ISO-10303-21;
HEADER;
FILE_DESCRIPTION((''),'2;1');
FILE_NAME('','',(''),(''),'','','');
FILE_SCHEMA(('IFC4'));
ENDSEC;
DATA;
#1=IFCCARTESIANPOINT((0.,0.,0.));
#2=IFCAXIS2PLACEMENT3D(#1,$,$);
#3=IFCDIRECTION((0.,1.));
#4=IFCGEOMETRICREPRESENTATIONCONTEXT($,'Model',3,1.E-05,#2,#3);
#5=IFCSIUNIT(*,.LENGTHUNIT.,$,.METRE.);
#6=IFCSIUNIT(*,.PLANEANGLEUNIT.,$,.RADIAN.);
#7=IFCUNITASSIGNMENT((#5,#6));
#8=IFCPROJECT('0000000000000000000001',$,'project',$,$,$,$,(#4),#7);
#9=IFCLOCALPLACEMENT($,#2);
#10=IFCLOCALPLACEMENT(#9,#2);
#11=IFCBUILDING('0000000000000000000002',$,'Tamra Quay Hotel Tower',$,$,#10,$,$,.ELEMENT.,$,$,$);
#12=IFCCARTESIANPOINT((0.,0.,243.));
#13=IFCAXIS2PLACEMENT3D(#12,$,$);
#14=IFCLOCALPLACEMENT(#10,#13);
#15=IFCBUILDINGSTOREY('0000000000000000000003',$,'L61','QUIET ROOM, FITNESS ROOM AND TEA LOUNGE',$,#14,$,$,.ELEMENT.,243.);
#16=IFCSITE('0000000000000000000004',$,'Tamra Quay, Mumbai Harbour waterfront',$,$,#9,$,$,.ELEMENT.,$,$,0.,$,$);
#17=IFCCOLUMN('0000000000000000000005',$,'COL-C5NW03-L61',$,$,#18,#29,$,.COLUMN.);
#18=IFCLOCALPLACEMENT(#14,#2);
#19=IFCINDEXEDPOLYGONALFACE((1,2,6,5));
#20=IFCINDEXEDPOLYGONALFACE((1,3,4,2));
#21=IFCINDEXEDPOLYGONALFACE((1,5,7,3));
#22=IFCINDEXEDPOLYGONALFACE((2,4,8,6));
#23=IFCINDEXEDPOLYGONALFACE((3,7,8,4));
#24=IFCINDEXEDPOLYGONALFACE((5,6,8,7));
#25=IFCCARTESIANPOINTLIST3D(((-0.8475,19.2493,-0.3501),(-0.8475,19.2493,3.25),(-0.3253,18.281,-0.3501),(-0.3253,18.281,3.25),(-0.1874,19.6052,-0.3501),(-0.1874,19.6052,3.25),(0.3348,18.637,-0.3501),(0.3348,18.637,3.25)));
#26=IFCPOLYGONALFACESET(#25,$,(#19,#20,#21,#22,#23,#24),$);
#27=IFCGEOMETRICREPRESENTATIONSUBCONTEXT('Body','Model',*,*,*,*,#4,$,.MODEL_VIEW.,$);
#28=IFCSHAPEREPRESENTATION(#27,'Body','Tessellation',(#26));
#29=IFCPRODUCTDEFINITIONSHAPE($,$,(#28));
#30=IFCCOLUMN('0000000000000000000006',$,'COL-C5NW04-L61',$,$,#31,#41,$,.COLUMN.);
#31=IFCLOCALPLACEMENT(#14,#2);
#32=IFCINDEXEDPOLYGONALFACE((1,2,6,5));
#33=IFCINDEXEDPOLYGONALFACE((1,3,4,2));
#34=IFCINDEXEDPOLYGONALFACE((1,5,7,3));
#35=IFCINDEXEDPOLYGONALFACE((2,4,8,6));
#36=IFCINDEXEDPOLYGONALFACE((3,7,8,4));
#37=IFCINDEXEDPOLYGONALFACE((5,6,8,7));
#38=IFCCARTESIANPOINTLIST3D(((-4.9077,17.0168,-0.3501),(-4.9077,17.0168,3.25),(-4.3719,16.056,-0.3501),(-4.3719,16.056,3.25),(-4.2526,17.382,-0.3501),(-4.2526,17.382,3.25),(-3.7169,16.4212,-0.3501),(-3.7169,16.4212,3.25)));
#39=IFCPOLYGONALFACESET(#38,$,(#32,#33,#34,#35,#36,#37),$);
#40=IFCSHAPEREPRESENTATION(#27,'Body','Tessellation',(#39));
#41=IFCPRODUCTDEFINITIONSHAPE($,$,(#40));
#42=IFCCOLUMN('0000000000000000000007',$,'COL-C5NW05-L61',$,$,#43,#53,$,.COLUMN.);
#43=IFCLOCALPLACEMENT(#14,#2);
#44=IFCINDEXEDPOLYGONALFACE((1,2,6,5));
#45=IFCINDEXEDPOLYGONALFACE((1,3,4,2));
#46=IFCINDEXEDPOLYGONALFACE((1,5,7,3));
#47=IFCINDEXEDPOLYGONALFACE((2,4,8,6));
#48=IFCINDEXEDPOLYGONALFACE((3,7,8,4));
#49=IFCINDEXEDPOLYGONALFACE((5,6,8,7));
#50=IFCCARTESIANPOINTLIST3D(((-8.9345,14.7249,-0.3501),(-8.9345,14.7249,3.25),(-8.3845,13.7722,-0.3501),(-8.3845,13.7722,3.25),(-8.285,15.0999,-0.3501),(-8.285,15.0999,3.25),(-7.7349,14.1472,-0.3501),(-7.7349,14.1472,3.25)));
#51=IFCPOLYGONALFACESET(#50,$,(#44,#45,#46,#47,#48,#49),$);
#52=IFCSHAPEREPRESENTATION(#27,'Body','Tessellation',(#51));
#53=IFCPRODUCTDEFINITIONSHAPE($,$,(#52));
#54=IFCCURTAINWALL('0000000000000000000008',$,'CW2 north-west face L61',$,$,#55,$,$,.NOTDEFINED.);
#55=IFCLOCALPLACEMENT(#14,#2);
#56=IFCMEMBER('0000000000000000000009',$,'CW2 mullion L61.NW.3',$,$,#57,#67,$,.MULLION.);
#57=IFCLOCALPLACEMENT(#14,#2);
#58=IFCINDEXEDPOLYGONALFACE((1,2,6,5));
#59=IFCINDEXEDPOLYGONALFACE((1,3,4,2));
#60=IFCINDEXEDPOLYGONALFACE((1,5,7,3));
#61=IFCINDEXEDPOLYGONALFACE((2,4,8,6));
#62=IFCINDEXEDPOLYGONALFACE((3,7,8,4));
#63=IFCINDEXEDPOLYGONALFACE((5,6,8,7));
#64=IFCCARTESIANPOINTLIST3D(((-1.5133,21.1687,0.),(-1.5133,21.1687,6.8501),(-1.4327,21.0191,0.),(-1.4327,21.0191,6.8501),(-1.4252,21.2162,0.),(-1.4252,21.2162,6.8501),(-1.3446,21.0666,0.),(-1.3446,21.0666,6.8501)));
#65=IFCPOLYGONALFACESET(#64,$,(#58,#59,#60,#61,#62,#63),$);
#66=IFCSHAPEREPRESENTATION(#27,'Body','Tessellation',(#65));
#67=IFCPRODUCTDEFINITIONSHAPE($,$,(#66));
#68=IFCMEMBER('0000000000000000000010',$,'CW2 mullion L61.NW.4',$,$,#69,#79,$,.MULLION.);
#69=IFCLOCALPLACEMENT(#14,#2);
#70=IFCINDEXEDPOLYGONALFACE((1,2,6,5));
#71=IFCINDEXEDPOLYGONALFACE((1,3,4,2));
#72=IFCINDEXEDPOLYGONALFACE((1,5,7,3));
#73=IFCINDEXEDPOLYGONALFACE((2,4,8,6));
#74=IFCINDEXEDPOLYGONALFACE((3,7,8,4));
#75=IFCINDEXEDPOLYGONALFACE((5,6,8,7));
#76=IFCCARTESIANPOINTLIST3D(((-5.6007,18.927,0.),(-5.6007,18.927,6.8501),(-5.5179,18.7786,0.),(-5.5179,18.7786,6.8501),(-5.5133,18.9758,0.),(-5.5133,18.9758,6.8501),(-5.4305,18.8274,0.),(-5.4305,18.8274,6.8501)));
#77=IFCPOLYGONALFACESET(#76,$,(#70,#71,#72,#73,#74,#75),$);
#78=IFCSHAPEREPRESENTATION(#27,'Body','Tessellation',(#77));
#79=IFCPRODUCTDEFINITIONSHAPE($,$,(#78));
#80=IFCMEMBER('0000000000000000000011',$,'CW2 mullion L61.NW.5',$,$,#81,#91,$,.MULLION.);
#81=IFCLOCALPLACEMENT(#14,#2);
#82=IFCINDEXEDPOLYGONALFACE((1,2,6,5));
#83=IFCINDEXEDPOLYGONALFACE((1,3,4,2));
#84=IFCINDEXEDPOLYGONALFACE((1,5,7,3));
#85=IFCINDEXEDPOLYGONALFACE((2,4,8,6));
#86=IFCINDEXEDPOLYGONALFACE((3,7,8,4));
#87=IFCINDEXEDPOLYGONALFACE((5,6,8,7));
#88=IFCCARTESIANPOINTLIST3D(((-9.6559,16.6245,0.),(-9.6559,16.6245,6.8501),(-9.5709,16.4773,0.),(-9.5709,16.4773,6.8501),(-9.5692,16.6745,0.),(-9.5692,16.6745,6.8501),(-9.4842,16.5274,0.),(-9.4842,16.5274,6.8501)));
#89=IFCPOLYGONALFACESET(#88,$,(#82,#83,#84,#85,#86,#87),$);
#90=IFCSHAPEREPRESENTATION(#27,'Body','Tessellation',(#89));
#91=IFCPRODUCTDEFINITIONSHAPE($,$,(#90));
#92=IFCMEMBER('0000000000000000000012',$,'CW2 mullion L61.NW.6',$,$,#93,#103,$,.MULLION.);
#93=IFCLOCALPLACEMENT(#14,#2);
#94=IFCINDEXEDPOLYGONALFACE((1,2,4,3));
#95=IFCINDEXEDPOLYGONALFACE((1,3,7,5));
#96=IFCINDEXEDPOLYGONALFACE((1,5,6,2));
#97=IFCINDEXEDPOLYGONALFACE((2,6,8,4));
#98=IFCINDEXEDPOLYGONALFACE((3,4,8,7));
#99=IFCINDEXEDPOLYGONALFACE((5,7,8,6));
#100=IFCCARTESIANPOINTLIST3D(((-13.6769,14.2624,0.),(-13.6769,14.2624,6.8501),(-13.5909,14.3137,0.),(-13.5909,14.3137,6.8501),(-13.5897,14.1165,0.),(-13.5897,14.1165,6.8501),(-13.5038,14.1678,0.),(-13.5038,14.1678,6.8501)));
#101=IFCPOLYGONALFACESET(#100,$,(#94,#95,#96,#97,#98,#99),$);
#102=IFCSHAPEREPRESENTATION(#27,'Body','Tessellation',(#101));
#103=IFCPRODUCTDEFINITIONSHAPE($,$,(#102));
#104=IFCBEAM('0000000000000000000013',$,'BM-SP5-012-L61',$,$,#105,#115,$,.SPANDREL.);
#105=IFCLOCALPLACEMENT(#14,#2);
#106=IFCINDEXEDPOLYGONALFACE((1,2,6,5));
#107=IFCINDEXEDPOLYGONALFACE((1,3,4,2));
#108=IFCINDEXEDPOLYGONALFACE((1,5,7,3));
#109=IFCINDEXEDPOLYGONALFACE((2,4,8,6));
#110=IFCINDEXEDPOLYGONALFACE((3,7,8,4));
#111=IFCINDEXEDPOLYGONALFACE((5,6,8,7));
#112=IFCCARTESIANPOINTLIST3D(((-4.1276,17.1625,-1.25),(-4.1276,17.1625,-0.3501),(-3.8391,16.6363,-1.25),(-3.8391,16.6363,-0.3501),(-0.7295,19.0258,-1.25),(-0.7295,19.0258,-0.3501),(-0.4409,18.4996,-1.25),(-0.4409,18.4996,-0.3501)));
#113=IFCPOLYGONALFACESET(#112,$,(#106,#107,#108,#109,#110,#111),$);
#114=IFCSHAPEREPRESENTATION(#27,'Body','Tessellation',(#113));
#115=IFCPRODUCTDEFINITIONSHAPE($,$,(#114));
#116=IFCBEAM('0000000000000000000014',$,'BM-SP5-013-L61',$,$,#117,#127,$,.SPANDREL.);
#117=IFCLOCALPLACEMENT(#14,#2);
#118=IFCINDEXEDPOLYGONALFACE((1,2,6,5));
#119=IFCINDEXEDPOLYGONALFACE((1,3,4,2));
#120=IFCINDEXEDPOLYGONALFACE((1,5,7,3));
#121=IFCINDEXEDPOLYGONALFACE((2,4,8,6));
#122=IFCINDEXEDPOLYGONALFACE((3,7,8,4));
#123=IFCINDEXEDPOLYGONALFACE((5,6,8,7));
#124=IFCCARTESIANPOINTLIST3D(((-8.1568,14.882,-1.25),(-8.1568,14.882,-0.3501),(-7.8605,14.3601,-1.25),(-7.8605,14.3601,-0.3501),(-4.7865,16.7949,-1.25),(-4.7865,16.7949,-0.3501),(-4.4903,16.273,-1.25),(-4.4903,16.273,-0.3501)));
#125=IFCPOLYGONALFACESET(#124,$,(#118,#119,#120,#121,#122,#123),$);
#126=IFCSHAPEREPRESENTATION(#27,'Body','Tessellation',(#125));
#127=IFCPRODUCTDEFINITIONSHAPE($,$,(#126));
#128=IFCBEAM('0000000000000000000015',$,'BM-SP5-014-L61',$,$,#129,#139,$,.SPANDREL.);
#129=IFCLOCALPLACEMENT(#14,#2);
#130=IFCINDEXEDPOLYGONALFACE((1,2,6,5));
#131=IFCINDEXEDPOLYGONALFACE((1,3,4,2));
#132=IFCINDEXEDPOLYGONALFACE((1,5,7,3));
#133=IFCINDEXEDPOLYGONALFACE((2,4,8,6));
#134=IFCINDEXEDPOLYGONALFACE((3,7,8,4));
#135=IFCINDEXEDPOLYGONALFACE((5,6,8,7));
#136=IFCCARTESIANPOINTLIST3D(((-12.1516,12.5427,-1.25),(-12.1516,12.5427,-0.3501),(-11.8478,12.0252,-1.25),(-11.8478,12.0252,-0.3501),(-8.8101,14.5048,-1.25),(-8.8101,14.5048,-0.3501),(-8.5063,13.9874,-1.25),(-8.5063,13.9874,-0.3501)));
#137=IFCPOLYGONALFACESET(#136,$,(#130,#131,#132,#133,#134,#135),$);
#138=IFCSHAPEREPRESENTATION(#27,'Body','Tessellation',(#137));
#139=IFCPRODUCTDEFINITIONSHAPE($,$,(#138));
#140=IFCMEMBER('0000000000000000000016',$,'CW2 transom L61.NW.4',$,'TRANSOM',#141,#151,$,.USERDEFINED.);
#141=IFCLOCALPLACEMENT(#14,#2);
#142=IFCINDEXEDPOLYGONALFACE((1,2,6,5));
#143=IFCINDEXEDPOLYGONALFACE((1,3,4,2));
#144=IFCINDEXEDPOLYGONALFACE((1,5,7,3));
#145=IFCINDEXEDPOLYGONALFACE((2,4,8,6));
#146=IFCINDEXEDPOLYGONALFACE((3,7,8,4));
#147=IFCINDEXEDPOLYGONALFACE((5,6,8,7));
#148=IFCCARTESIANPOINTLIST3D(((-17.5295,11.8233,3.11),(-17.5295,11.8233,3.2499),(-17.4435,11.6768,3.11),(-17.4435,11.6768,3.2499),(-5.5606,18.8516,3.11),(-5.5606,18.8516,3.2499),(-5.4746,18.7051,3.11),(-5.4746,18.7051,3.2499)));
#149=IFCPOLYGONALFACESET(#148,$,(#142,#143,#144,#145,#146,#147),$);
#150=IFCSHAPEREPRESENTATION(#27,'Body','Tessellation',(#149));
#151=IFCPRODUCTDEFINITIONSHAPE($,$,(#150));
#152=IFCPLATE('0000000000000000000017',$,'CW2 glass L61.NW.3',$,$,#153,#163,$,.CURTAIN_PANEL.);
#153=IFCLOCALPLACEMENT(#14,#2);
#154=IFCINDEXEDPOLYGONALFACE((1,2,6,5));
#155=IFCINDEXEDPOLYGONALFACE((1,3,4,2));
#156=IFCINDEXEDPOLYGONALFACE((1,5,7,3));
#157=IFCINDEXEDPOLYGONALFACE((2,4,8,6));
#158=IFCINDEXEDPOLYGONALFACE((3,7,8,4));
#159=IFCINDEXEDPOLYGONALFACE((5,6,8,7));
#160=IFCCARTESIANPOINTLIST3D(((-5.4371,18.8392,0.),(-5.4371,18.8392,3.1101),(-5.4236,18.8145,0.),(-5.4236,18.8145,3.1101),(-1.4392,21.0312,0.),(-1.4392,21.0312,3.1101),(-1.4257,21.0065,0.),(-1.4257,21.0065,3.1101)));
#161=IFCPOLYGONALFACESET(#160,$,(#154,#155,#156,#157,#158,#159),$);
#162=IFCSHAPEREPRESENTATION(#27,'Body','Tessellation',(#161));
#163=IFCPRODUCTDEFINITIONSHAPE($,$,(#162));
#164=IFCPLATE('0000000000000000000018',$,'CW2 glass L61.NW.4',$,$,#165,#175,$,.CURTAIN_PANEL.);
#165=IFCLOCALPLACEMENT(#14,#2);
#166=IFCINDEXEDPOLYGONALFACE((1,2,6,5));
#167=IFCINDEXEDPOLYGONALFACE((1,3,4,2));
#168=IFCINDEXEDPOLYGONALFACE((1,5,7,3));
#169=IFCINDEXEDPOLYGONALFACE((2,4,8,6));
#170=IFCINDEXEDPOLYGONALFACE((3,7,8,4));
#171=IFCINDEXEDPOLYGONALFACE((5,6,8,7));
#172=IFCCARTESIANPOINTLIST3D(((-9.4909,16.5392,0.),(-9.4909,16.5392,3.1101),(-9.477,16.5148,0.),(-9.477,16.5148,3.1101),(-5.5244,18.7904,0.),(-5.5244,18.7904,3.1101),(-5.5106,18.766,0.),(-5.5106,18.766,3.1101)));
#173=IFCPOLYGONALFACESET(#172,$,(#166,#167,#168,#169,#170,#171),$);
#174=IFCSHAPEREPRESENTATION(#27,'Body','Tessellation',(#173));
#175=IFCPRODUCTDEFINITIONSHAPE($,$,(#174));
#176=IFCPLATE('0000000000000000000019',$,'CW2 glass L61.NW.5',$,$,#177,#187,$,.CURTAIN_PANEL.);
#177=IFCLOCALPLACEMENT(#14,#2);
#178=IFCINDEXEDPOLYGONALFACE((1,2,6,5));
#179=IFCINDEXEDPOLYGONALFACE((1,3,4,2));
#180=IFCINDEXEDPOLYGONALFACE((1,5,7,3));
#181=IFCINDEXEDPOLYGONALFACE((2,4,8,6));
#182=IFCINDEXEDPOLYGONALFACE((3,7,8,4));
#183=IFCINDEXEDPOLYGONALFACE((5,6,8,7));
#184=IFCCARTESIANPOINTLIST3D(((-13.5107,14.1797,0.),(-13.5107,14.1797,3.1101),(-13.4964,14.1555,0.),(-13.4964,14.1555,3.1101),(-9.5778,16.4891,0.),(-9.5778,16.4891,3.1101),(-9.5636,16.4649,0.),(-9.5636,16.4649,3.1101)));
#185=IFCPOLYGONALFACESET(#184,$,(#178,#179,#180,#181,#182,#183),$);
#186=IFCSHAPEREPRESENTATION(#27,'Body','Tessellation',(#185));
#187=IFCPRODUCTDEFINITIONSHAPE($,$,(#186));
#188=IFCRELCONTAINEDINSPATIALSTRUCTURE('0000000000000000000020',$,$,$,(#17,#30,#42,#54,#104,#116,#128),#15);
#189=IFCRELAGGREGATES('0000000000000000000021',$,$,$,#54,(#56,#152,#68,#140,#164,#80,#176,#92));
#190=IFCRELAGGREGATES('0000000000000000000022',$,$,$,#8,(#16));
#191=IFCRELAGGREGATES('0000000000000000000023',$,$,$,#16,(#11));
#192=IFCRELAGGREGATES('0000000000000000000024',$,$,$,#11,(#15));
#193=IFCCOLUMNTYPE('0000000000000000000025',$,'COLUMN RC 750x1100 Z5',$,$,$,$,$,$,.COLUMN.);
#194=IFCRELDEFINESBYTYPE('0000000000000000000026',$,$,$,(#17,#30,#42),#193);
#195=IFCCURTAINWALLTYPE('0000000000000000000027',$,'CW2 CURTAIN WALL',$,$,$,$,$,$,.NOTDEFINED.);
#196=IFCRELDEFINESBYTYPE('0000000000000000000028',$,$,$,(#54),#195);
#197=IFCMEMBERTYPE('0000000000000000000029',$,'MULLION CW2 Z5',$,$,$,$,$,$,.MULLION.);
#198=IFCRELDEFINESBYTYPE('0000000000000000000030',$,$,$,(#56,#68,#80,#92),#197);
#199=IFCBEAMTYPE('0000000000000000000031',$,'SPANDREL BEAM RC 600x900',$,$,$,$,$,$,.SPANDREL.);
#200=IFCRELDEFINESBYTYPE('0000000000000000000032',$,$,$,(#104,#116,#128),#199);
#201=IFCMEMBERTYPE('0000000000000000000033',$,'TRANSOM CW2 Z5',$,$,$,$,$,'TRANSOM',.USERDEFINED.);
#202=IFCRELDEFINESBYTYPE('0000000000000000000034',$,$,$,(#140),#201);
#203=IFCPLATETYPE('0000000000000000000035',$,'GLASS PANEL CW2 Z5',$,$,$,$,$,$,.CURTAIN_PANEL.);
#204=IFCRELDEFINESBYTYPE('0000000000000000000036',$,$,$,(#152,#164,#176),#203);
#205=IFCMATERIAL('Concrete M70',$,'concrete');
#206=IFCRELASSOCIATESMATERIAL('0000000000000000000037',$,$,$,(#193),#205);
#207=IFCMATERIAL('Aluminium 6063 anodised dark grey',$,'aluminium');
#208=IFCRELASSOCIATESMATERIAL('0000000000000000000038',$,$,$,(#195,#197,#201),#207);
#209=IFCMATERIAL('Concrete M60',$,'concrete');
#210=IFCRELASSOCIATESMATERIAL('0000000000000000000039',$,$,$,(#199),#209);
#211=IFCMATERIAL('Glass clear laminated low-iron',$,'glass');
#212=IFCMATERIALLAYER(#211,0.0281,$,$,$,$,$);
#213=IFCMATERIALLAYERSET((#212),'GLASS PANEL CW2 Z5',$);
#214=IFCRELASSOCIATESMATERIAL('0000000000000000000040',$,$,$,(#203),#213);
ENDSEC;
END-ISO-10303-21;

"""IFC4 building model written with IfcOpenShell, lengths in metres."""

from ifc_helpers import new_model, si_unit, direction, frame, origin, origin_2d, place, context, subcontext, project, spatial, rectangle, extrude, material, layer, layer_set, material_profile, profile_set, type_object, element, aggregate, save


model = new_model("IFC4")

# Units and contexts
model_context = context("Model", 3, precision=1e-05, world=origin(), true_north=direction((0.0, 1.0)))
body_context = subcontext(model_context, "Body", "Model", "MODEL_VIEW")
ifc_project = project(units=[si_unit("LENGTHUNIT", "METRE"), si_unit("PLANEANGLEUNIT", "RADIAN")], contexts=[model_context])

# Site, building, storey
site_placement = place(None, origin())
site = spatial("IfcSite", under=ifc_project, at=site_placement, Name="Tamra Quay, Mumbai Harbour waterfront", CompositionType="ELEMENT", RefElevation=0.0)
building_placement = place(site_placement, origin())
building = spatial("IfcBuilding", under=site, at=building_placement, Name="Tamra Quay Hotel Tower", CompositionType="ELEMENT")
storey_placement = place(building_placement, frame((0.0, 0.0, 243.0)))
storey = spatial("IfcBuildingStorey", under=building, at=storey_placement, Name="L61", Description="QUIET ROOM, FITNESS ROOM AND TEA LOUNGE", CompositionType="ELEMENT", Elevation=243.0)

# Columns
ifc_material_1 = material(Name="Concrete M70", Category="concrete")
ifc_material_profile_1 = material_profile(ifc_material_1, rectangle(XDim=1.1001, YDim=0.75, at=origin_2d()), Name="COLUMN RC 750x1100 Z5")
ifc_profile_set_1 = profile_set([ifc_material_profile_1], Name="Concrete M70")
column_type = type_object("IfcColumnType", Name="COLUMN RC 750x1100 Z5", PredefinedType="COLUMN", material=ifc_profile_set_1)
for number, where, z_axis, x_axis, name in (
    (1, (-0.2563, 18.9431, -0.3501), (0.0, 0.0, 1.0), (-0.474651, 0.880174, 0.0), "COL-C5NW03-L61"),
    (2, (-4.3123, 16.719, -0.3501), (0.0, 0.0, 1.0), (-0.486989, 0.873408, 0.0), "COL-C5NW04-L61"),
    (3, (-8.3347, 14.436, -0.3501), (0.0, 0.0, 1.0), (-0.5, 0.866025, 0.0), "COL-C5NW05-L61"),
):
    element("IfcColumn", number, at=place(storey_placement, frame(where, z_axis=z_axis, x_axis=x_axis)), inside=storey, type_object=column_type, Name=name, PredefinedType="COLUMN", context=body_context, shape_type="SweptSolid", body=[
        extrude(rectangle(XDim=1.1001, YDim=0.75, at=origin_2d()), origin(), (0.0, 0.0, 1.0), 3.6001),
    ])

# Curtain wall, members
ifc_material_2 = material(Name="Aluminium 6063 anodised dark grey", Category="aluminium")
curtain_wall_type = type_object("IfcCurtainWallType", Name="CW2 CURTAIN WALL", PredefinedType="NOTDEFINED", material=ifc_material_2)
curtain_wall_placement = place(storey_placement, origin())
curtain_wall = element("IfcCurtainWall", 4, at=curtain_wall_placement, inside=storey, type_object=curtain_wall_type, Name="CW2 north-west face L61", PredefinedType="NOTDEFINED")
ifc_material_profile_2 = material_profile(ifc_material_2, rectangle(XDim=0.1699, YDim=0.1001, at=origin_2d()), Name="MULLION 100X170")
ifc_profile_set_2 = profile_set([ifc_material_profile_2], Name="Aluminium 6063 anodised dark grey")
member_type_1 = type_object("IfcMemberType", Name="MULLION CW2 Z5", PredefinedType="MULLION", material=ifc_profile_set_2)
member_1_placement = place(storey_placement, frame((-1.429, 21.1177, 0.0), z_axis=(0.0, 0.0, 1.0), x_axis=(-0.474319, 0.880353, 0.0)))
member_1 = element("IfcMember", 5, at=member_1_placement, type_object=member_type_1, Name="CW2 mullion L61.NW.3", PredefinedType="MULLION", context=body_context, shape_type="SweptSolid", body=[
    extrude(rectangle(XDim=0.1699, YDim=0.1001, at=origin_2d()), origin(), (0.0, 0.0, 1.0), 6.8501),
])
member_2_placement = place(storey_placement, frame((-5.5156, 18.8772, 0.0), z_axis=(0.0, 0.0, 1.0), x_axis=(-0.487204, 0.873288, 0.0)))
member_2 = element("IfcMember", 6, at=member_2_placement, type_object=member_type_1, Name="CW2 mullion L61.NW.4", PredefinedType="MULLION", context=body_context, shape_type="SweptSolid", body=[
    extrude(rectangle(XDim=0.1699, YDim=0.1001, at=origin_2d()), origin(), (0.0, 0.0, 1.0), 6.8501),
])
member_3_placement = place(storey_placement, frame((-9.5701, 16.5759, 0.0), z_axis=(0.0, 0.0, 1.0), x_axis=(-0.5, 0.866025, 0.0)))
member_3 = element("IfcMember", 7, at=member_3_placement, type_object=member_type_1, Name="CW2 mullion L61.NW.5", PredefinedType="MULLION", context=body_context, shape_type="SweptSolid", body=[
    extrude(rectangle(XDim=0.1699, YDim=0.1001, at=origin_2d()), origin(), (0.0, 0.0, 1.0), 6.8501),
])
member_4_placement = place(storey_placement, frame((-13.5903, 14.2151, 0.0), z_axis=(0.0, 0.0, 1.0), x_axis=(-0.512688, 0.858575, 0.0)))
member_4 = element("IfcMember", 8, at=member_4_placement, type_object=member_type_1, Name="CW2 mullion L61.NW.6", PredefinedType="MULLION", context=body_context, shape_type="SweptSolid", body=[
    extrude(rectangle(XDim=0.1699, YDim=0.1001, at=origin_2d()), origin(), (0.0, 0.0, 1.0), 6.8501),
])

# Beams
ifc_material_3 = material(Name="Concrete M60", Category="concrete")
ifc_material_profile_3 = material_profile(ifc_material_3, rectangle(XDim=0.6001, YDim=0.8999, at=origin_2d()), Name="SPANDREL BEAM RC 600x900")
ifc_profile_set_3 = profile_set([ifc_material_profile_3], Name="Concrete M60")
beam_type = type_object("IfcBeamType", Name="SPANDREL BEAM RC 600x900", PredefinedType="SPANDREL", material=ifc_profile_set_3)
beam_1_placement = place(storey_placement, frame((-0.5852, 18.7627, -0.8), z_axis=(-0.876839, -0.480784, 0.0), x_axis=(0.480784, -0.876839, 0.0)))
element("IfcBeam", 9, at=beam_1_placement, inside=storey, type_object=beam_type, Name="BM-SP5-012-L61", PredefinedType="SPANDREL", context=body_context, shape_type="SweptSolid", body=[
    extrude(rectangle(XDim=0.6001, YDim=0.8999, at=origin_2d()), origin(), (0.0, 0.0, 1.0), 3.8755),
])
beam_2_placement = place(storey_placement, frame((-4.6384, 16.5339, -0.8), z_axis=(-0.869678, -0.49362, 0.0), x_axis=(0.49362, -0.869678, 0.0)))
element("IfcBeam", 10, at=beam_2_placement, inside=storey, type_object=beam_type, Name="BM-SP5-013-L61", PredefinedType="SPANDREL", context=body_context, shape_type="SweptSolid", body=[
    extrude(rectangle(XDim=0.6001, YDim=0.8999, at=origin_2d()), origin(), (0.0, 0.0, 1.0), 3.8752),
])
beam_3_placement = place(storey_placement, frame((-8.6582, 14.2461, -0.8), z_axis=(-0.862324, -0.506356, 0.0), x_axis=(0.506356, -0.862324, 0.0)))
element("IfcBeam", 11, at=beam_3_placement, inside=storey, type_object=beam_type, Name="BM-SP5-014-L61", PredefinedType="SPANDREL", context=body_context, shape_type="SweptSolid", body=[
    extrude(rectangle(XDim=0.6001, YDim=0.8999, at=origin_2d()), origin(), (0.0, 0.0, 1.0), 3.875),
])

# Member
ifc_material_profile_4 = material_profile(ifc_material_2, rectangle(XDim=0.1699, YDim=0.1399, at=origin_2d()), Name="TRANSOM 170X140")
ifc_profile_set_4 = profile_set([ifc_material_profile_4], Name="Aluminium 6063 anodised dark grey")
member_type_2 = type_object("IfcMemberType", Name="TRANSOM CW2 Z5", ElementType="TRANSOM", PredefinedType="USERDEFINED", material=ifc_profile_set_4)
member_5_placement = place(storey_placement, frame((-5.5176, 18.7783, 3.1799), z_axis=(-0.86232, -0.506364, 0.0), x_axis=(0.506364, -0.86232, 0.0)))
member_5 = element("IfcMember", 12, at=member_5_placement, type_object=member_type_2, Name="CW2 transom L61.NW.4", ObjectType="TRANSOM", PredefinedType="USERDEFINED", context=body_context, shape_type="SweptSolid", body=[
    extrude(rectangle(XDim=0.1699, YDim=0.1399, at=origin_2d()), origin(), (0.0, 0.0, 1.0), 13.8799),
])

# Plates
ifc_material_4 = material(Name="Glass clear laminated low-iron", Category="glass")
ifc_layer_1 = layer(ifc_material_4, 0.0281)
ifc_layer_set_1 = layer_set([ifc_layer_1], Name="GLASS PANEL CW2 Z5")
plate_type = type_object("IfcPlateType", Name="GLASS PANEL CW2 Z5", PredefinedType="CURTAIN_PANEL", material=ifc_layer_set_1)
plate_1_placement = place(storey_placement, frame((-3.4314, 19.9229, 0.0), z_axis=(0.0, 0.0, 1.0), x_axis=(-0.876846, -0.480771, 0.0)))
plate_1 = element("IfcPlate", 13, at=plate_1_placement, type_object=plate_type, Name="CW2 glass L61.NW.3", PredefinedType="CURTAIN_PANEL", context=body_context, shape_type="SweptSolid", body=[
    extrude(rectangle(XDim=4.5593, YDim=0.0281, at=origin_2d()), origin(), (0.0, 0.0, 1.0), 3.1101),
])
plate_2_placement = place(storey_placement, frame((-7.5007, 17.6526, 0.0), z_axis=(0.0, 0.0, 1.0), x_axis=(-0.869683, -0.493611, 0.0)))
plate_2 = element("IfcPlate", 14, at=plate_2_placement, type_object=plate_type, Name="CW2 glass L61.NW.4", PredefinedType="CURTAIN_PANEL", context=body_context, shape_type="SweptSolid", body=[
    extrude(rectangle(XDim=4.5608, YDim=0.0281, at=origin_2d()), origin(), (0.0, 0.0, 1.0), 3.1101),
])
plate_3_placement = place(storey_placement, frame((-11.5371, 15.3223, 0.0), z_axis=(0.0, 0.0, 1.0), x_axis=(-0.862321, -0.506362, 0.0)))
plate_3 = element("IfcPlate", 15, at=plate_3_placement, type_object=plate_type, Name="CW2 glass L61.NW.5", PredefinedType="CURTAIN_PANEL", context=body_context, shape_type="SweptSolid", body=[
    extrude(rectangle(XDim=4.5608, YDim=0.0281, at=origin_2d()), origin(), (0.0, 0.0, 1.0), 3.1101),
])
aggregate(curtain_wall, [member_1, plate_1, member_2, member_5, plate_2, member_3, plate_3, member_4])

save(model, "model.ifc")
